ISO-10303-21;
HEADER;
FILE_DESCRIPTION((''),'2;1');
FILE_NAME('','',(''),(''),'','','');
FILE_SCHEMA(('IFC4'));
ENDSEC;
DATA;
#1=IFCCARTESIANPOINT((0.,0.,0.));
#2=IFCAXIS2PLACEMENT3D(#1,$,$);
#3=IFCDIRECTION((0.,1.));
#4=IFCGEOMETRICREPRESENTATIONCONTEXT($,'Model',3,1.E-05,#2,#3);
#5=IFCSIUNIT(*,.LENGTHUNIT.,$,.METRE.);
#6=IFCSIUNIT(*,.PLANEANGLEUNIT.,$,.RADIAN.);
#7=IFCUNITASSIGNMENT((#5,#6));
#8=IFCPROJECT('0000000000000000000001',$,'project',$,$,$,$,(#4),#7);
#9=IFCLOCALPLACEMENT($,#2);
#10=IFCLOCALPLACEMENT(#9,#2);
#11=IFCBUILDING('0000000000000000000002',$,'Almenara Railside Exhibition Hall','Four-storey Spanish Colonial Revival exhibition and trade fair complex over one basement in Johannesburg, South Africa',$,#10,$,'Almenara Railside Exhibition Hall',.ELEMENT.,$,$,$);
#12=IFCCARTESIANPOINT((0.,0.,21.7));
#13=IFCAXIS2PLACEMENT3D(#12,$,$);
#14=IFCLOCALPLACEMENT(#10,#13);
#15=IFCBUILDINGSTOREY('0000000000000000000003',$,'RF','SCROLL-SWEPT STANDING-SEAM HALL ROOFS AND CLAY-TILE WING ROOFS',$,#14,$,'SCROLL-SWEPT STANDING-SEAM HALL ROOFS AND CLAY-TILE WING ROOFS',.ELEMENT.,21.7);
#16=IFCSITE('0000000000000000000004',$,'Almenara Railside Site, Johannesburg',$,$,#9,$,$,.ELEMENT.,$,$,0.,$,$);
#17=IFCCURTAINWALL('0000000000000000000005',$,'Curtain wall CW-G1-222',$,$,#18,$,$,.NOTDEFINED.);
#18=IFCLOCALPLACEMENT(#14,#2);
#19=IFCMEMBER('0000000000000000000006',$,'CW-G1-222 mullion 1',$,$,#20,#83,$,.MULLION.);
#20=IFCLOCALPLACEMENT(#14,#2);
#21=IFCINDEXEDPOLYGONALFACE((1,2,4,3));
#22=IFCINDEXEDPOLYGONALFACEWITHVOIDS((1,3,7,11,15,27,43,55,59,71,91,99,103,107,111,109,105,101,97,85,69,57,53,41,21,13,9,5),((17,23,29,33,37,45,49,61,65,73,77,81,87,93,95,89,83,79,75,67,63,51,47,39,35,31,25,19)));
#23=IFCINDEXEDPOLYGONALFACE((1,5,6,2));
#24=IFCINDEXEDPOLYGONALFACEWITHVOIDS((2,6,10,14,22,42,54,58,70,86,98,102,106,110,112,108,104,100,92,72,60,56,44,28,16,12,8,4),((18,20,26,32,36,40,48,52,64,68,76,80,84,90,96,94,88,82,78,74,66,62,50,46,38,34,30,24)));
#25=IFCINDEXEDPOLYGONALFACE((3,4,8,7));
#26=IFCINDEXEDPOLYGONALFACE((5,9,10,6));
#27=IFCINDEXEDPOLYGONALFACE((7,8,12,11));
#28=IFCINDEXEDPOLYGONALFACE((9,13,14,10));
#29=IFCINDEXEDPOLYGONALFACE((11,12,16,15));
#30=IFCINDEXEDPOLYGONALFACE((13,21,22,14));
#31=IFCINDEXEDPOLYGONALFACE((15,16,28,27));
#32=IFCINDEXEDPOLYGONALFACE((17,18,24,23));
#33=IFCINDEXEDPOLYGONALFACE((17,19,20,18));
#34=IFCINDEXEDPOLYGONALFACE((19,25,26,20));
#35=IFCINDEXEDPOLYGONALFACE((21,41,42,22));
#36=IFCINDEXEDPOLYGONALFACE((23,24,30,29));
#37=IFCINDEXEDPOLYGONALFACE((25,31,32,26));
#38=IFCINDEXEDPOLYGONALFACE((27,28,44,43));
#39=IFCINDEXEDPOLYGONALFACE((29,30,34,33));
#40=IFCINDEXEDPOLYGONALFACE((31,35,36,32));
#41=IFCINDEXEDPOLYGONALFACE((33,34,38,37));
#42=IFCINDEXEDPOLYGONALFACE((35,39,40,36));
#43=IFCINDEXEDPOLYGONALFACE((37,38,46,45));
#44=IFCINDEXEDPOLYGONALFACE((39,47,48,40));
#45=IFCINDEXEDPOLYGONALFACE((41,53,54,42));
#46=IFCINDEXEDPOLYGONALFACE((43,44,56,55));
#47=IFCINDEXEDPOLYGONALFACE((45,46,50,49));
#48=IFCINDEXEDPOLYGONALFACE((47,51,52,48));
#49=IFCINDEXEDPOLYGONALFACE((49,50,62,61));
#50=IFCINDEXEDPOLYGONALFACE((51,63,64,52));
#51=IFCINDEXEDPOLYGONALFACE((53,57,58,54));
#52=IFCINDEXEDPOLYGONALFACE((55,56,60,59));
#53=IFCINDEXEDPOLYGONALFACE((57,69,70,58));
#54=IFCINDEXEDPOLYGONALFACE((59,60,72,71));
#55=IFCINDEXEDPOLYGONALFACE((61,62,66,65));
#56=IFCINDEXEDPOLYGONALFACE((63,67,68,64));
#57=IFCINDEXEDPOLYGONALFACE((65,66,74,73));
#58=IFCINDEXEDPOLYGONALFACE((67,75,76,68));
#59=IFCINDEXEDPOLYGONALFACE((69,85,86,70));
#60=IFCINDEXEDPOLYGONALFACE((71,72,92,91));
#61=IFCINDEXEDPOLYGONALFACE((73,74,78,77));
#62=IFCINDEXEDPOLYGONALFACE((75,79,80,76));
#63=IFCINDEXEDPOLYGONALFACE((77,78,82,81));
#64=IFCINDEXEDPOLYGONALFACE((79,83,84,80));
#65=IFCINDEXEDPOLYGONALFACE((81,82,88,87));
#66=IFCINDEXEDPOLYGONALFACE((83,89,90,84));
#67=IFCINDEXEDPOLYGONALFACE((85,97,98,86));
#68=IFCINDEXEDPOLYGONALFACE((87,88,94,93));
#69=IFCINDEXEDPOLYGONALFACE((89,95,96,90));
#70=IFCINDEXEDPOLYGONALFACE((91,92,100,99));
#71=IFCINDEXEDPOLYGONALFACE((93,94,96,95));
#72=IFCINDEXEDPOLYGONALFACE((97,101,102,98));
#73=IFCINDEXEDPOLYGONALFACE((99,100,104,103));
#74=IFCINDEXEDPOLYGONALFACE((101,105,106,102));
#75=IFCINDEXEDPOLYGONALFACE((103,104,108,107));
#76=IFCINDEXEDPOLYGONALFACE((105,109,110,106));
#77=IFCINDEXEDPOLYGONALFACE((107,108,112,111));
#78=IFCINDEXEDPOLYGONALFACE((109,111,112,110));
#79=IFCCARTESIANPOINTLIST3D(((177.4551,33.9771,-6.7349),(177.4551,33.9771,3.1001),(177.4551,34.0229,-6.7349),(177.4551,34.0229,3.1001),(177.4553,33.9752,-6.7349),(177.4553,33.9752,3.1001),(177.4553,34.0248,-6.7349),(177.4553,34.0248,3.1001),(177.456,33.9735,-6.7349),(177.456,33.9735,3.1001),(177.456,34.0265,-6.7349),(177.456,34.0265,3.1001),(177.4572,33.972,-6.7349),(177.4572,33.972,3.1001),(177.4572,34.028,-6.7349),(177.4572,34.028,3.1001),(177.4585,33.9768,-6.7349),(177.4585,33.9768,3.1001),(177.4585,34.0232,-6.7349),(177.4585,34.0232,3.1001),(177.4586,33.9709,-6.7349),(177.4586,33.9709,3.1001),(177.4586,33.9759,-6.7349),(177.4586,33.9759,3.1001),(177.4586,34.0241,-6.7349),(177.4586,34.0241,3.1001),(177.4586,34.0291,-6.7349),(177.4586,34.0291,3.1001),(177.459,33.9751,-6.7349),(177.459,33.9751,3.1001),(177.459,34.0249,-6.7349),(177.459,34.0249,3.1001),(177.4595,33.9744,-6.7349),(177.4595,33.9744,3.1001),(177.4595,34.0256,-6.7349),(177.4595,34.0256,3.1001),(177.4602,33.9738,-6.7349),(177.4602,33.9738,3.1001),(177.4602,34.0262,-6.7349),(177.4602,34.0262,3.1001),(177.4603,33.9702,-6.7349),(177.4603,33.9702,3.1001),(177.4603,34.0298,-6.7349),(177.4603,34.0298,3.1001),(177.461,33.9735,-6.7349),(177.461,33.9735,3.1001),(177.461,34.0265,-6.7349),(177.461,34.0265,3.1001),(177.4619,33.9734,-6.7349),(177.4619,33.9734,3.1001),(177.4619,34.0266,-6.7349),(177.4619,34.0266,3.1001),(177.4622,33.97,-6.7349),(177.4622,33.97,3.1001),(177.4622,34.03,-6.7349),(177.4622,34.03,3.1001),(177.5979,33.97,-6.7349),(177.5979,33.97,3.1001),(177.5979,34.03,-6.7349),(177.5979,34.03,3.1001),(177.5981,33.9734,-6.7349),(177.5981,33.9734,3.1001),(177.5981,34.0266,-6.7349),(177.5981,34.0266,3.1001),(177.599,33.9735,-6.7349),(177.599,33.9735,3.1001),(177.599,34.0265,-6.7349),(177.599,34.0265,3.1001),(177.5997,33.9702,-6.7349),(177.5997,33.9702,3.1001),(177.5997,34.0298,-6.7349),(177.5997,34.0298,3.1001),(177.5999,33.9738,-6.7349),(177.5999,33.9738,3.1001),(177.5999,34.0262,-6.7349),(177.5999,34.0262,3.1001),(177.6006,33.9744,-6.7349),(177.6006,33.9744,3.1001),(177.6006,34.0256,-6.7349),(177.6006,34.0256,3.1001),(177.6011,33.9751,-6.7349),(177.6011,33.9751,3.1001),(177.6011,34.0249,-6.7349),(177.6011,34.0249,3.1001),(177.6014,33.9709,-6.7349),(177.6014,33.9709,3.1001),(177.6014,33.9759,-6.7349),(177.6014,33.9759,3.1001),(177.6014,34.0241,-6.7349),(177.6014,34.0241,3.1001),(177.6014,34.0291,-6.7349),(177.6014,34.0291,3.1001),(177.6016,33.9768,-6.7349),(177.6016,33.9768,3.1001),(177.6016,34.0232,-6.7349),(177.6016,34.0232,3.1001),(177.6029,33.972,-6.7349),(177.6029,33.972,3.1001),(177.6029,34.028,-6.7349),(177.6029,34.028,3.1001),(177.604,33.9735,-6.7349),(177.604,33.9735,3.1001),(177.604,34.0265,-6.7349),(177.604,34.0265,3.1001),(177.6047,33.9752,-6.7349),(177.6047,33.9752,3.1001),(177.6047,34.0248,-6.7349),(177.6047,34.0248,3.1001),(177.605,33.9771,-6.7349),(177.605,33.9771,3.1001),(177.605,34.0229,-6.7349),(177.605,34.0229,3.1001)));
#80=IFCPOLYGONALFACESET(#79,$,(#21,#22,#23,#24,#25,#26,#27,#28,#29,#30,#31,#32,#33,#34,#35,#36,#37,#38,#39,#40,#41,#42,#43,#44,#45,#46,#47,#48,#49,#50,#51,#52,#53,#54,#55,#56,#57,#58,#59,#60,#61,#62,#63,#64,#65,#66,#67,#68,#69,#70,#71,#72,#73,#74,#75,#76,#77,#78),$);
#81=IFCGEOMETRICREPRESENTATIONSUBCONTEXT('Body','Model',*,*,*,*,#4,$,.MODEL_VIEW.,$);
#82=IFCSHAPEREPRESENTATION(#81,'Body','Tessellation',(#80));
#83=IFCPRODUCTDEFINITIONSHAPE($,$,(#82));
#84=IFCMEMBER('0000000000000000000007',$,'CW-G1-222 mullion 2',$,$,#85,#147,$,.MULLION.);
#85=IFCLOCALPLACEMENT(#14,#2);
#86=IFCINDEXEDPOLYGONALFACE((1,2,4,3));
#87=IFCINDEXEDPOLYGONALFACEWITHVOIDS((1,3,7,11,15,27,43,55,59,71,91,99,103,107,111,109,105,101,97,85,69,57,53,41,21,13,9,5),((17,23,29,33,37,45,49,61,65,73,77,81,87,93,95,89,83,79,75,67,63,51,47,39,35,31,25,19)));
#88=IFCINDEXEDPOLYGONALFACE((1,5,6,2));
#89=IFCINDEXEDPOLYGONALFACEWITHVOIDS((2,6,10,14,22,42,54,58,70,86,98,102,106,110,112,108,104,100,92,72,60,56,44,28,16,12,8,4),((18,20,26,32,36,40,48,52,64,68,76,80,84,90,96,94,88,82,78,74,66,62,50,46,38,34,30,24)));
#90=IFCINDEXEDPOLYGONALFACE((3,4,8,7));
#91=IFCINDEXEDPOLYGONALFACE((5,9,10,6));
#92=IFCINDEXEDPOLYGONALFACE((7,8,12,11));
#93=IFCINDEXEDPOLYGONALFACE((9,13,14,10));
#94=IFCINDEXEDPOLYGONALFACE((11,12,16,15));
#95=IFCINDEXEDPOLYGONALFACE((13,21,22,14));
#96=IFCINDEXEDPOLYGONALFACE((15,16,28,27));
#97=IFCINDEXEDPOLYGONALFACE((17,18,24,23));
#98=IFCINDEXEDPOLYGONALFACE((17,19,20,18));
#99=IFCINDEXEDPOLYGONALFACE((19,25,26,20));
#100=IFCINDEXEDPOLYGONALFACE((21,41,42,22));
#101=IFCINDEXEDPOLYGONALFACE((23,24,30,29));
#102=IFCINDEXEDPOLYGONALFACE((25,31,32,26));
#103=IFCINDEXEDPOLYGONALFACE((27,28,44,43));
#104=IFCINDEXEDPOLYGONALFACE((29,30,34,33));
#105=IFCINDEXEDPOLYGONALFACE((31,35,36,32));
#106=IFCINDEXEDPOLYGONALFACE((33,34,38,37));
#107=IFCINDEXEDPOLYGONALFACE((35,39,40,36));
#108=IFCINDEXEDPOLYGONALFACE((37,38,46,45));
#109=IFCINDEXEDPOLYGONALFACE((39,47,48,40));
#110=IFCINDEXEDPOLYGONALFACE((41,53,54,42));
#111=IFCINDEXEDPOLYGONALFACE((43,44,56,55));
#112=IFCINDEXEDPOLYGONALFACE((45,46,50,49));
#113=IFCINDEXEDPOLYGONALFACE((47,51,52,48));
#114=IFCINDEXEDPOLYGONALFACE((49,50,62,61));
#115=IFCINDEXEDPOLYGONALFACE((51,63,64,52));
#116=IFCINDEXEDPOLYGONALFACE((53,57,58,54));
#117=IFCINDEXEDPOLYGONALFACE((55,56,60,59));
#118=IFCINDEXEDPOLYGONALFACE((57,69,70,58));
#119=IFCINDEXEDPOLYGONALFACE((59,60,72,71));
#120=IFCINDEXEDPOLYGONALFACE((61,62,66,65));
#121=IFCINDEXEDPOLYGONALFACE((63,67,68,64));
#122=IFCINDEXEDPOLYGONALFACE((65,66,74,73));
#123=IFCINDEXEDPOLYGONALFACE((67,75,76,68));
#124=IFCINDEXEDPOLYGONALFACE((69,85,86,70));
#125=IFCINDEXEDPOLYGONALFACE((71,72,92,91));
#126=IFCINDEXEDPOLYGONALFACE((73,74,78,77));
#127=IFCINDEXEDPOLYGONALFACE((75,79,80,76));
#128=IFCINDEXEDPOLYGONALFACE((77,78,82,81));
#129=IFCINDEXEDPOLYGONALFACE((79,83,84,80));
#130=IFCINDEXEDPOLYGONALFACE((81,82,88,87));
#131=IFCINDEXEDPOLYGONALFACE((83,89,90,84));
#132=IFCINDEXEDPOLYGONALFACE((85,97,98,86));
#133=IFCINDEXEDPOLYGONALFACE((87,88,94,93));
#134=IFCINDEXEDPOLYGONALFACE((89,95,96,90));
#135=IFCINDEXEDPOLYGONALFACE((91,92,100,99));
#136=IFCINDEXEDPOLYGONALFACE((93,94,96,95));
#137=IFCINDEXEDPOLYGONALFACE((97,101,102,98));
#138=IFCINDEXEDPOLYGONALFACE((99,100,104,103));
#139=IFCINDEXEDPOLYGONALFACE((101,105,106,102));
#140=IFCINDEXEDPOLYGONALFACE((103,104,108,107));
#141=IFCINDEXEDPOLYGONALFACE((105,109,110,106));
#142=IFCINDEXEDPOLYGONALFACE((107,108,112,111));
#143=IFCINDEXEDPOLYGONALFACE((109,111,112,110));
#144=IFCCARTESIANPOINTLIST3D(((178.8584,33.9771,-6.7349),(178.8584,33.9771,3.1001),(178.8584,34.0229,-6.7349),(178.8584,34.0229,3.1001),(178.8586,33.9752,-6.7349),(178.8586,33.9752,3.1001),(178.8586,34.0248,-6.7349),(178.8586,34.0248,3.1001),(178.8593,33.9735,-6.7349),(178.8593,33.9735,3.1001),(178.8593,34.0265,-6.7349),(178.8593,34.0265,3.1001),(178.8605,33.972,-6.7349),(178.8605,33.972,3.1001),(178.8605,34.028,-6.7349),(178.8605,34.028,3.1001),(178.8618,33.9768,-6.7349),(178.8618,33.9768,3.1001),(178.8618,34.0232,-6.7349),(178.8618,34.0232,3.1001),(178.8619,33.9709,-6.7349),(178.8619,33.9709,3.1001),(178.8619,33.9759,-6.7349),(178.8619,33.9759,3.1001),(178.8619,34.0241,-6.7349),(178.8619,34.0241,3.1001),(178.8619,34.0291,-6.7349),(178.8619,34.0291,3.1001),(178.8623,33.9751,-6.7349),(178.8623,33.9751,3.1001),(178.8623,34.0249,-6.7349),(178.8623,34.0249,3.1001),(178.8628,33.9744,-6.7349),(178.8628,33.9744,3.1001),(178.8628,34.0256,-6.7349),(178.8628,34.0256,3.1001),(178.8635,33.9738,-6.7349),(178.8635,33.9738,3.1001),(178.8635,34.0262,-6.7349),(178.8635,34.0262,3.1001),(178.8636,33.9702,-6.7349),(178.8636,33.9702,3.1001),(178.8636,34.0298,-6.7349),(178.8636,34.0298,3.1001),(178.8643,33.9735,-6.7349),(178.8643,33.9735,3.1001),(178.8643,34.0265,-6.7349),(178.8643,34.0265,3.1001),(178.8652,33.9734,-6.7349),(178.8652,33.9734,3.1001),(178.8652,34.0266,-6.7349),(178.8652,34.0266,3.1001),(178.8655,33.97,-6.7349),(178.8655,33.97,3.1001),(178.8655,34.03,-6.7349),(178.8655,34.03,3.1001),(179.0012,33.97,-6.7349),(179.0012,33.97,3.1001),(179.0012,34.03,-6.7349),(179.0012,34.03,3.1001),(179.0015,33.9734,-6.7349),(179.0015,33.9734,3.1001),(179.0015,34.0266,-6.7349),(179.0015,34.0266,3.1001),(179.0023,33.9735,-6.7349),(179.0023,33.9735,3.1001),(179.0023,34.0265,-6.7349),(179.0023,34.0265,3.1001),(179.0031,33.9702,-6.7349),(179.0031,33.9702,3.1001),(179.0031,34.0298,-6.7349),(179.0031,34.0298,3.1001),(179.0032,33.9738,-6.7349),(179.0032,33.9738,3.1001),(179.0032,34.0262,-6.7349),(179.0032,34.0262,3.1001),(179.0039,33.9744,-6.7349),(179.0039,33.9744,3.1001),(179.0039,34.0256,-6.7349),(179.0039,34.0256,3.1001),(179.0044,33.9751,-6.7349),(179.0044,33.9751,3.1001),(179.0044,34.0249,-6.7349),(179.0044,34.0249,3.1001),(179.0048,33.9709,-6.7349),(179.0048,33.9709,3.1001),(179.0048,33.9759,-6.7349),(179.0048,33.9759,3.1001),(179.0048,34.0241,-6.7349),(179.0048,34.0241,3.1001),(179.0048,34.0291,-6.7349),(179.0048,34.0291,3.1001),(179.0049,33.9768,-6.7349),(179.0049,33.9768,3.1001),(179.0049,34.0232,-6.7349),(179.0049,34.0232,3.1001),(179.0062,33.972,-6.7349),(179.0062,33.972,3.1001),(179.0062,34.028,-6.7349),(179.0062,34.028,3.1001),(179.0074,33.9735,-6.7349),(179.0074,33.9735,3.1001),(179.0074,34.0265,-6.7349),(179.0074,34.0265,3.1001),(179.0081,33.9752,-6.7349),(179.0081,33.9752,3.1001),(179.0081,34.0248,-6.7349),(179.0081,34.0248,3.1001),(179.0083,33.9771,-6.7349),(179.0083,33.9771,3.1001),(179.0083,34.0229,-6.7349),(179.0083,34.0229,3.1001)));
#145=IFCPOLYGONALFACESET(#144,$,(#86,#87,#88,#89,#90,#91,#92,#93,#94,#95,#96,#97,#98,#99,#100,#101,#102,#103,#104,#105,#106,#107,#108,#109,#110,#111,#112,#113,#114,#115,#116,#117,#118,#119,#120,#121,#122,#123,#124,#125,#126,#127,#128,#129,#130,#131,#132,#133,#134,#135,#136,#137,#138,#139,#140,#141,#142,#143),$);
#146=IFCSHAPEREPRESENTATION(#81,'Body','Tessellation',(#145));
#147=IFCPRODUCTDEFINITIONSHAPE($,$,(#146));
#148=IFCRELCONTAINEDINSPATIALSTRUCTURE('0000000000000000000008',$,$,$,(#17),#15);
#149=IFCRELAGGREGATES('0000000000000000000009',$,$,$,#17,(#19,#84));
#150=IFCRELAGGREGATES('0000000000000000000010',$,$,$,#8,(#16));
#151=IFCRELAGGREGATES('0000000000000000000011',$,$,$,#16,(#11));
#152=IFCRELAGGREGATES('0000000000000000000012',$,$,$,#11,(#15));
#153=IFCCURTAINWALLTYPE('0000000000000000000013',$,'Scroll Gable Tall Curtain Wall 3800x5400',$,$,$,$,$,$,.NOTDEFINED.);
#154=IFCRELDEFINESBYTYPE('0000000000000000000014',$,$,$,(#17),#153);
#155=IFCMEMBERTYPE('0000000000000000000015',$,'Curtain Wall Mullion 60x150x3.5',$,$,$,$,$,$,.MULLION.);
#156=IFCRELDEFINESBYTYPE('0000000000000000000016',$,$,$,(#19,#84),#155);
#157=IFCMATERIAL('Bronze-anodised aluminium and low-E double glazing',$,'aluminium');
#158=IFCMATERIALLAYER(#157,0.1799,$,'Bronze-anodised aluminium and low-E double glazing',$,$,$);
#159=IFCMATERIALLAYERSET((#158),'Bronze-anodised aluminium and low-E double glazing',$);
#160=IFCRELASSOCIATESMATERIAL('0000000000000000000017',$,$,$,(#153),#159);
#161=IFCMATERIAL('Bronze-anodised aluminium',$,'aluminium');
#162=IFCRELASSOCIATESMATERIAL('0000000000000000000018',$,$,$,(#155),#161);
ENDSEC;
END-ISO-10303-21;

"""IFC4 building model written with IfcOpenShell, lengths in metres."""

from ifc_helpers import new_model, si_unit, direction, frame, origin, origin_2d, place, context, subcontext, project, spatial, hollow_rectangle, extrude, material, layer, layer_set, material_profile, profile_set, type_object, element, aggregate, save


model = new_model("IFC4")

# Units and contexts
model_context = context("Model", 3, precision=1e-05, world=origin(), true_north=direction((0.0, 1.0)))
body_context = subcontext(model_context, "Body", "Model", "MODEL_VIEW")
ifc_project = project(units=[si_unit("LENGTHUNIT", "METRE"), si_unit("PLANEANGLEUNIT", "RADIAN")], contexts=[model_context])

# Site, building, storey
site_placement = place(None, origin())
site = spatial("IfcSite", under=ifc_project, at=site_placement, Name="Almenara Railside Site, Johannesburg", CompositionType="ELEMENT", RefElevation=0.0)
building_placement = place(site_placement, origin())
building = spatial("IfcBuilding", under=site, at=building_placement, Name="Almenara Railside Exhibition Hall", Description="Four-storey Spanish Colonial Revival exhibition and trade fair complex over one basement in Johannesburg, South Africa", LongName="Almenara Railside Exhibition Hall", CompositionType="ELEMENT")
storey_placement = place(building_placement, frame((0.0, 0.0, 21.7)))
storey = spatial("IfcBuildingStorey", under=building, at=storey_placement, Name="RF", Description="SCROLL-SWEPT STANDING-SEAM HALL ROOFS AND CLAY-TILE WING ROOFS", LongName="SCROLL-SWEPT STANDING-SEAM HALL ROOFS AND CLAY-TILE WING ROOFS", CompositionType="ELEMENT", Elevation=21.7)

# Curtain wall, members
ifc_material_1 = material(Name="Bronze-anodised aluminium and low-E double glazing", Category="aluminium")
ifc_layer_1 = layer(ifc_material_1, 0.1799, Name="Bronze-anodised aluminium and low-E double glazing")
ifc_layer_set_1 = layer_set([ifc_layer_1], Name="Bronze-anodised aluminium and low-E double glazing")
curtain_wall_type = type_object("IfcCurtainWallType", Name="Scroll Gable Tall Curtain Wall 3800x5400", PredefinedType="NOTDEFINED", material=ifc_layer_set_1)
curtain_wall_1_placement = place(storey_placement, origin())
curtain_wall_1 = element("IfcCurtainWall", 1, at=curtain_wall_1_placement, inside=storey, type_object=curtain_wall_type, Name="Curtain wall CW-G1-222", PredefinedType="NOTDEFINED")
ifc_material_2 = material(Name="Bronze-anodised aluminium", Category="aluminium")
ifc_material_profile_1 = material_profile(ifc_material_2, hollow_rectangle(XDim=0.0601, YDim=0.1499, WallThickness=0.0034, InnerFilletRadius=0.0034, OuterFilletRadius=0.0071, at=origin_2d()), Name="ALU-MUL 60x150x3.5")
ifc_profile_set_1 = profile_set([ifc_material_profile_1], Name="Bronze-anodised aluminium")
member_type_1 = type_object("IfcMemberType", Name="Curtain Wall Mullion 60x150x3.5", PredefinedType="MULLION", material=ifc_profile_set_1)
member_1_placement = place(storey_placement, frame((177.53, 34.0, -6.7349), z_axis=(0.0, 0.0, 1.0), x_axis=(0.0, 1.0, 0.0)))
member_1 = element("IfcMember", 2, at=member_1_placement, type_object=member_type_1, Name="CW-G1-222 mullion 1", PredefinedType="MULLION", context=body_context, shape_type="SweptSolid", body=[
    extrude(hollow_rectangle(XDim=0.0601, YDim=0.1499, WallThickness=0.0034, InnerFilletRadius=0.0034, OuterFilletRadius=0.0071, at=origin_2d()), origin(), (0.0, 0.0, 1.0), 9.835),
])
member_2_placement = place(storey_placement, frame((178.9333, 34.0, -6.7349), z_axis=(0.0, 0.0, 1.0), x_axis=(0.0, 1.0, 0.0)))
member_2 = element("IfcMember", 3, at=member_2_placement, type_object=member_type_1, Name="CW-G1-222 mullion 2", PredefinedType="MULLION", context=body_context, shape_type="SweptSolid", body=[
    extrude(hollow_rectangle(XDim=0.0601, YDim=0.1499, WallThickness=0.0034, InnerFilletRadius=0.0034, OuterFilletRadius=0.0071, at=origin_2d()), origin(), (0.0, 0.0, 1.0), 9.835),
])

aggregate(curtain_wall_1, [member_1, member_2])

save(model, "model.ifc")
